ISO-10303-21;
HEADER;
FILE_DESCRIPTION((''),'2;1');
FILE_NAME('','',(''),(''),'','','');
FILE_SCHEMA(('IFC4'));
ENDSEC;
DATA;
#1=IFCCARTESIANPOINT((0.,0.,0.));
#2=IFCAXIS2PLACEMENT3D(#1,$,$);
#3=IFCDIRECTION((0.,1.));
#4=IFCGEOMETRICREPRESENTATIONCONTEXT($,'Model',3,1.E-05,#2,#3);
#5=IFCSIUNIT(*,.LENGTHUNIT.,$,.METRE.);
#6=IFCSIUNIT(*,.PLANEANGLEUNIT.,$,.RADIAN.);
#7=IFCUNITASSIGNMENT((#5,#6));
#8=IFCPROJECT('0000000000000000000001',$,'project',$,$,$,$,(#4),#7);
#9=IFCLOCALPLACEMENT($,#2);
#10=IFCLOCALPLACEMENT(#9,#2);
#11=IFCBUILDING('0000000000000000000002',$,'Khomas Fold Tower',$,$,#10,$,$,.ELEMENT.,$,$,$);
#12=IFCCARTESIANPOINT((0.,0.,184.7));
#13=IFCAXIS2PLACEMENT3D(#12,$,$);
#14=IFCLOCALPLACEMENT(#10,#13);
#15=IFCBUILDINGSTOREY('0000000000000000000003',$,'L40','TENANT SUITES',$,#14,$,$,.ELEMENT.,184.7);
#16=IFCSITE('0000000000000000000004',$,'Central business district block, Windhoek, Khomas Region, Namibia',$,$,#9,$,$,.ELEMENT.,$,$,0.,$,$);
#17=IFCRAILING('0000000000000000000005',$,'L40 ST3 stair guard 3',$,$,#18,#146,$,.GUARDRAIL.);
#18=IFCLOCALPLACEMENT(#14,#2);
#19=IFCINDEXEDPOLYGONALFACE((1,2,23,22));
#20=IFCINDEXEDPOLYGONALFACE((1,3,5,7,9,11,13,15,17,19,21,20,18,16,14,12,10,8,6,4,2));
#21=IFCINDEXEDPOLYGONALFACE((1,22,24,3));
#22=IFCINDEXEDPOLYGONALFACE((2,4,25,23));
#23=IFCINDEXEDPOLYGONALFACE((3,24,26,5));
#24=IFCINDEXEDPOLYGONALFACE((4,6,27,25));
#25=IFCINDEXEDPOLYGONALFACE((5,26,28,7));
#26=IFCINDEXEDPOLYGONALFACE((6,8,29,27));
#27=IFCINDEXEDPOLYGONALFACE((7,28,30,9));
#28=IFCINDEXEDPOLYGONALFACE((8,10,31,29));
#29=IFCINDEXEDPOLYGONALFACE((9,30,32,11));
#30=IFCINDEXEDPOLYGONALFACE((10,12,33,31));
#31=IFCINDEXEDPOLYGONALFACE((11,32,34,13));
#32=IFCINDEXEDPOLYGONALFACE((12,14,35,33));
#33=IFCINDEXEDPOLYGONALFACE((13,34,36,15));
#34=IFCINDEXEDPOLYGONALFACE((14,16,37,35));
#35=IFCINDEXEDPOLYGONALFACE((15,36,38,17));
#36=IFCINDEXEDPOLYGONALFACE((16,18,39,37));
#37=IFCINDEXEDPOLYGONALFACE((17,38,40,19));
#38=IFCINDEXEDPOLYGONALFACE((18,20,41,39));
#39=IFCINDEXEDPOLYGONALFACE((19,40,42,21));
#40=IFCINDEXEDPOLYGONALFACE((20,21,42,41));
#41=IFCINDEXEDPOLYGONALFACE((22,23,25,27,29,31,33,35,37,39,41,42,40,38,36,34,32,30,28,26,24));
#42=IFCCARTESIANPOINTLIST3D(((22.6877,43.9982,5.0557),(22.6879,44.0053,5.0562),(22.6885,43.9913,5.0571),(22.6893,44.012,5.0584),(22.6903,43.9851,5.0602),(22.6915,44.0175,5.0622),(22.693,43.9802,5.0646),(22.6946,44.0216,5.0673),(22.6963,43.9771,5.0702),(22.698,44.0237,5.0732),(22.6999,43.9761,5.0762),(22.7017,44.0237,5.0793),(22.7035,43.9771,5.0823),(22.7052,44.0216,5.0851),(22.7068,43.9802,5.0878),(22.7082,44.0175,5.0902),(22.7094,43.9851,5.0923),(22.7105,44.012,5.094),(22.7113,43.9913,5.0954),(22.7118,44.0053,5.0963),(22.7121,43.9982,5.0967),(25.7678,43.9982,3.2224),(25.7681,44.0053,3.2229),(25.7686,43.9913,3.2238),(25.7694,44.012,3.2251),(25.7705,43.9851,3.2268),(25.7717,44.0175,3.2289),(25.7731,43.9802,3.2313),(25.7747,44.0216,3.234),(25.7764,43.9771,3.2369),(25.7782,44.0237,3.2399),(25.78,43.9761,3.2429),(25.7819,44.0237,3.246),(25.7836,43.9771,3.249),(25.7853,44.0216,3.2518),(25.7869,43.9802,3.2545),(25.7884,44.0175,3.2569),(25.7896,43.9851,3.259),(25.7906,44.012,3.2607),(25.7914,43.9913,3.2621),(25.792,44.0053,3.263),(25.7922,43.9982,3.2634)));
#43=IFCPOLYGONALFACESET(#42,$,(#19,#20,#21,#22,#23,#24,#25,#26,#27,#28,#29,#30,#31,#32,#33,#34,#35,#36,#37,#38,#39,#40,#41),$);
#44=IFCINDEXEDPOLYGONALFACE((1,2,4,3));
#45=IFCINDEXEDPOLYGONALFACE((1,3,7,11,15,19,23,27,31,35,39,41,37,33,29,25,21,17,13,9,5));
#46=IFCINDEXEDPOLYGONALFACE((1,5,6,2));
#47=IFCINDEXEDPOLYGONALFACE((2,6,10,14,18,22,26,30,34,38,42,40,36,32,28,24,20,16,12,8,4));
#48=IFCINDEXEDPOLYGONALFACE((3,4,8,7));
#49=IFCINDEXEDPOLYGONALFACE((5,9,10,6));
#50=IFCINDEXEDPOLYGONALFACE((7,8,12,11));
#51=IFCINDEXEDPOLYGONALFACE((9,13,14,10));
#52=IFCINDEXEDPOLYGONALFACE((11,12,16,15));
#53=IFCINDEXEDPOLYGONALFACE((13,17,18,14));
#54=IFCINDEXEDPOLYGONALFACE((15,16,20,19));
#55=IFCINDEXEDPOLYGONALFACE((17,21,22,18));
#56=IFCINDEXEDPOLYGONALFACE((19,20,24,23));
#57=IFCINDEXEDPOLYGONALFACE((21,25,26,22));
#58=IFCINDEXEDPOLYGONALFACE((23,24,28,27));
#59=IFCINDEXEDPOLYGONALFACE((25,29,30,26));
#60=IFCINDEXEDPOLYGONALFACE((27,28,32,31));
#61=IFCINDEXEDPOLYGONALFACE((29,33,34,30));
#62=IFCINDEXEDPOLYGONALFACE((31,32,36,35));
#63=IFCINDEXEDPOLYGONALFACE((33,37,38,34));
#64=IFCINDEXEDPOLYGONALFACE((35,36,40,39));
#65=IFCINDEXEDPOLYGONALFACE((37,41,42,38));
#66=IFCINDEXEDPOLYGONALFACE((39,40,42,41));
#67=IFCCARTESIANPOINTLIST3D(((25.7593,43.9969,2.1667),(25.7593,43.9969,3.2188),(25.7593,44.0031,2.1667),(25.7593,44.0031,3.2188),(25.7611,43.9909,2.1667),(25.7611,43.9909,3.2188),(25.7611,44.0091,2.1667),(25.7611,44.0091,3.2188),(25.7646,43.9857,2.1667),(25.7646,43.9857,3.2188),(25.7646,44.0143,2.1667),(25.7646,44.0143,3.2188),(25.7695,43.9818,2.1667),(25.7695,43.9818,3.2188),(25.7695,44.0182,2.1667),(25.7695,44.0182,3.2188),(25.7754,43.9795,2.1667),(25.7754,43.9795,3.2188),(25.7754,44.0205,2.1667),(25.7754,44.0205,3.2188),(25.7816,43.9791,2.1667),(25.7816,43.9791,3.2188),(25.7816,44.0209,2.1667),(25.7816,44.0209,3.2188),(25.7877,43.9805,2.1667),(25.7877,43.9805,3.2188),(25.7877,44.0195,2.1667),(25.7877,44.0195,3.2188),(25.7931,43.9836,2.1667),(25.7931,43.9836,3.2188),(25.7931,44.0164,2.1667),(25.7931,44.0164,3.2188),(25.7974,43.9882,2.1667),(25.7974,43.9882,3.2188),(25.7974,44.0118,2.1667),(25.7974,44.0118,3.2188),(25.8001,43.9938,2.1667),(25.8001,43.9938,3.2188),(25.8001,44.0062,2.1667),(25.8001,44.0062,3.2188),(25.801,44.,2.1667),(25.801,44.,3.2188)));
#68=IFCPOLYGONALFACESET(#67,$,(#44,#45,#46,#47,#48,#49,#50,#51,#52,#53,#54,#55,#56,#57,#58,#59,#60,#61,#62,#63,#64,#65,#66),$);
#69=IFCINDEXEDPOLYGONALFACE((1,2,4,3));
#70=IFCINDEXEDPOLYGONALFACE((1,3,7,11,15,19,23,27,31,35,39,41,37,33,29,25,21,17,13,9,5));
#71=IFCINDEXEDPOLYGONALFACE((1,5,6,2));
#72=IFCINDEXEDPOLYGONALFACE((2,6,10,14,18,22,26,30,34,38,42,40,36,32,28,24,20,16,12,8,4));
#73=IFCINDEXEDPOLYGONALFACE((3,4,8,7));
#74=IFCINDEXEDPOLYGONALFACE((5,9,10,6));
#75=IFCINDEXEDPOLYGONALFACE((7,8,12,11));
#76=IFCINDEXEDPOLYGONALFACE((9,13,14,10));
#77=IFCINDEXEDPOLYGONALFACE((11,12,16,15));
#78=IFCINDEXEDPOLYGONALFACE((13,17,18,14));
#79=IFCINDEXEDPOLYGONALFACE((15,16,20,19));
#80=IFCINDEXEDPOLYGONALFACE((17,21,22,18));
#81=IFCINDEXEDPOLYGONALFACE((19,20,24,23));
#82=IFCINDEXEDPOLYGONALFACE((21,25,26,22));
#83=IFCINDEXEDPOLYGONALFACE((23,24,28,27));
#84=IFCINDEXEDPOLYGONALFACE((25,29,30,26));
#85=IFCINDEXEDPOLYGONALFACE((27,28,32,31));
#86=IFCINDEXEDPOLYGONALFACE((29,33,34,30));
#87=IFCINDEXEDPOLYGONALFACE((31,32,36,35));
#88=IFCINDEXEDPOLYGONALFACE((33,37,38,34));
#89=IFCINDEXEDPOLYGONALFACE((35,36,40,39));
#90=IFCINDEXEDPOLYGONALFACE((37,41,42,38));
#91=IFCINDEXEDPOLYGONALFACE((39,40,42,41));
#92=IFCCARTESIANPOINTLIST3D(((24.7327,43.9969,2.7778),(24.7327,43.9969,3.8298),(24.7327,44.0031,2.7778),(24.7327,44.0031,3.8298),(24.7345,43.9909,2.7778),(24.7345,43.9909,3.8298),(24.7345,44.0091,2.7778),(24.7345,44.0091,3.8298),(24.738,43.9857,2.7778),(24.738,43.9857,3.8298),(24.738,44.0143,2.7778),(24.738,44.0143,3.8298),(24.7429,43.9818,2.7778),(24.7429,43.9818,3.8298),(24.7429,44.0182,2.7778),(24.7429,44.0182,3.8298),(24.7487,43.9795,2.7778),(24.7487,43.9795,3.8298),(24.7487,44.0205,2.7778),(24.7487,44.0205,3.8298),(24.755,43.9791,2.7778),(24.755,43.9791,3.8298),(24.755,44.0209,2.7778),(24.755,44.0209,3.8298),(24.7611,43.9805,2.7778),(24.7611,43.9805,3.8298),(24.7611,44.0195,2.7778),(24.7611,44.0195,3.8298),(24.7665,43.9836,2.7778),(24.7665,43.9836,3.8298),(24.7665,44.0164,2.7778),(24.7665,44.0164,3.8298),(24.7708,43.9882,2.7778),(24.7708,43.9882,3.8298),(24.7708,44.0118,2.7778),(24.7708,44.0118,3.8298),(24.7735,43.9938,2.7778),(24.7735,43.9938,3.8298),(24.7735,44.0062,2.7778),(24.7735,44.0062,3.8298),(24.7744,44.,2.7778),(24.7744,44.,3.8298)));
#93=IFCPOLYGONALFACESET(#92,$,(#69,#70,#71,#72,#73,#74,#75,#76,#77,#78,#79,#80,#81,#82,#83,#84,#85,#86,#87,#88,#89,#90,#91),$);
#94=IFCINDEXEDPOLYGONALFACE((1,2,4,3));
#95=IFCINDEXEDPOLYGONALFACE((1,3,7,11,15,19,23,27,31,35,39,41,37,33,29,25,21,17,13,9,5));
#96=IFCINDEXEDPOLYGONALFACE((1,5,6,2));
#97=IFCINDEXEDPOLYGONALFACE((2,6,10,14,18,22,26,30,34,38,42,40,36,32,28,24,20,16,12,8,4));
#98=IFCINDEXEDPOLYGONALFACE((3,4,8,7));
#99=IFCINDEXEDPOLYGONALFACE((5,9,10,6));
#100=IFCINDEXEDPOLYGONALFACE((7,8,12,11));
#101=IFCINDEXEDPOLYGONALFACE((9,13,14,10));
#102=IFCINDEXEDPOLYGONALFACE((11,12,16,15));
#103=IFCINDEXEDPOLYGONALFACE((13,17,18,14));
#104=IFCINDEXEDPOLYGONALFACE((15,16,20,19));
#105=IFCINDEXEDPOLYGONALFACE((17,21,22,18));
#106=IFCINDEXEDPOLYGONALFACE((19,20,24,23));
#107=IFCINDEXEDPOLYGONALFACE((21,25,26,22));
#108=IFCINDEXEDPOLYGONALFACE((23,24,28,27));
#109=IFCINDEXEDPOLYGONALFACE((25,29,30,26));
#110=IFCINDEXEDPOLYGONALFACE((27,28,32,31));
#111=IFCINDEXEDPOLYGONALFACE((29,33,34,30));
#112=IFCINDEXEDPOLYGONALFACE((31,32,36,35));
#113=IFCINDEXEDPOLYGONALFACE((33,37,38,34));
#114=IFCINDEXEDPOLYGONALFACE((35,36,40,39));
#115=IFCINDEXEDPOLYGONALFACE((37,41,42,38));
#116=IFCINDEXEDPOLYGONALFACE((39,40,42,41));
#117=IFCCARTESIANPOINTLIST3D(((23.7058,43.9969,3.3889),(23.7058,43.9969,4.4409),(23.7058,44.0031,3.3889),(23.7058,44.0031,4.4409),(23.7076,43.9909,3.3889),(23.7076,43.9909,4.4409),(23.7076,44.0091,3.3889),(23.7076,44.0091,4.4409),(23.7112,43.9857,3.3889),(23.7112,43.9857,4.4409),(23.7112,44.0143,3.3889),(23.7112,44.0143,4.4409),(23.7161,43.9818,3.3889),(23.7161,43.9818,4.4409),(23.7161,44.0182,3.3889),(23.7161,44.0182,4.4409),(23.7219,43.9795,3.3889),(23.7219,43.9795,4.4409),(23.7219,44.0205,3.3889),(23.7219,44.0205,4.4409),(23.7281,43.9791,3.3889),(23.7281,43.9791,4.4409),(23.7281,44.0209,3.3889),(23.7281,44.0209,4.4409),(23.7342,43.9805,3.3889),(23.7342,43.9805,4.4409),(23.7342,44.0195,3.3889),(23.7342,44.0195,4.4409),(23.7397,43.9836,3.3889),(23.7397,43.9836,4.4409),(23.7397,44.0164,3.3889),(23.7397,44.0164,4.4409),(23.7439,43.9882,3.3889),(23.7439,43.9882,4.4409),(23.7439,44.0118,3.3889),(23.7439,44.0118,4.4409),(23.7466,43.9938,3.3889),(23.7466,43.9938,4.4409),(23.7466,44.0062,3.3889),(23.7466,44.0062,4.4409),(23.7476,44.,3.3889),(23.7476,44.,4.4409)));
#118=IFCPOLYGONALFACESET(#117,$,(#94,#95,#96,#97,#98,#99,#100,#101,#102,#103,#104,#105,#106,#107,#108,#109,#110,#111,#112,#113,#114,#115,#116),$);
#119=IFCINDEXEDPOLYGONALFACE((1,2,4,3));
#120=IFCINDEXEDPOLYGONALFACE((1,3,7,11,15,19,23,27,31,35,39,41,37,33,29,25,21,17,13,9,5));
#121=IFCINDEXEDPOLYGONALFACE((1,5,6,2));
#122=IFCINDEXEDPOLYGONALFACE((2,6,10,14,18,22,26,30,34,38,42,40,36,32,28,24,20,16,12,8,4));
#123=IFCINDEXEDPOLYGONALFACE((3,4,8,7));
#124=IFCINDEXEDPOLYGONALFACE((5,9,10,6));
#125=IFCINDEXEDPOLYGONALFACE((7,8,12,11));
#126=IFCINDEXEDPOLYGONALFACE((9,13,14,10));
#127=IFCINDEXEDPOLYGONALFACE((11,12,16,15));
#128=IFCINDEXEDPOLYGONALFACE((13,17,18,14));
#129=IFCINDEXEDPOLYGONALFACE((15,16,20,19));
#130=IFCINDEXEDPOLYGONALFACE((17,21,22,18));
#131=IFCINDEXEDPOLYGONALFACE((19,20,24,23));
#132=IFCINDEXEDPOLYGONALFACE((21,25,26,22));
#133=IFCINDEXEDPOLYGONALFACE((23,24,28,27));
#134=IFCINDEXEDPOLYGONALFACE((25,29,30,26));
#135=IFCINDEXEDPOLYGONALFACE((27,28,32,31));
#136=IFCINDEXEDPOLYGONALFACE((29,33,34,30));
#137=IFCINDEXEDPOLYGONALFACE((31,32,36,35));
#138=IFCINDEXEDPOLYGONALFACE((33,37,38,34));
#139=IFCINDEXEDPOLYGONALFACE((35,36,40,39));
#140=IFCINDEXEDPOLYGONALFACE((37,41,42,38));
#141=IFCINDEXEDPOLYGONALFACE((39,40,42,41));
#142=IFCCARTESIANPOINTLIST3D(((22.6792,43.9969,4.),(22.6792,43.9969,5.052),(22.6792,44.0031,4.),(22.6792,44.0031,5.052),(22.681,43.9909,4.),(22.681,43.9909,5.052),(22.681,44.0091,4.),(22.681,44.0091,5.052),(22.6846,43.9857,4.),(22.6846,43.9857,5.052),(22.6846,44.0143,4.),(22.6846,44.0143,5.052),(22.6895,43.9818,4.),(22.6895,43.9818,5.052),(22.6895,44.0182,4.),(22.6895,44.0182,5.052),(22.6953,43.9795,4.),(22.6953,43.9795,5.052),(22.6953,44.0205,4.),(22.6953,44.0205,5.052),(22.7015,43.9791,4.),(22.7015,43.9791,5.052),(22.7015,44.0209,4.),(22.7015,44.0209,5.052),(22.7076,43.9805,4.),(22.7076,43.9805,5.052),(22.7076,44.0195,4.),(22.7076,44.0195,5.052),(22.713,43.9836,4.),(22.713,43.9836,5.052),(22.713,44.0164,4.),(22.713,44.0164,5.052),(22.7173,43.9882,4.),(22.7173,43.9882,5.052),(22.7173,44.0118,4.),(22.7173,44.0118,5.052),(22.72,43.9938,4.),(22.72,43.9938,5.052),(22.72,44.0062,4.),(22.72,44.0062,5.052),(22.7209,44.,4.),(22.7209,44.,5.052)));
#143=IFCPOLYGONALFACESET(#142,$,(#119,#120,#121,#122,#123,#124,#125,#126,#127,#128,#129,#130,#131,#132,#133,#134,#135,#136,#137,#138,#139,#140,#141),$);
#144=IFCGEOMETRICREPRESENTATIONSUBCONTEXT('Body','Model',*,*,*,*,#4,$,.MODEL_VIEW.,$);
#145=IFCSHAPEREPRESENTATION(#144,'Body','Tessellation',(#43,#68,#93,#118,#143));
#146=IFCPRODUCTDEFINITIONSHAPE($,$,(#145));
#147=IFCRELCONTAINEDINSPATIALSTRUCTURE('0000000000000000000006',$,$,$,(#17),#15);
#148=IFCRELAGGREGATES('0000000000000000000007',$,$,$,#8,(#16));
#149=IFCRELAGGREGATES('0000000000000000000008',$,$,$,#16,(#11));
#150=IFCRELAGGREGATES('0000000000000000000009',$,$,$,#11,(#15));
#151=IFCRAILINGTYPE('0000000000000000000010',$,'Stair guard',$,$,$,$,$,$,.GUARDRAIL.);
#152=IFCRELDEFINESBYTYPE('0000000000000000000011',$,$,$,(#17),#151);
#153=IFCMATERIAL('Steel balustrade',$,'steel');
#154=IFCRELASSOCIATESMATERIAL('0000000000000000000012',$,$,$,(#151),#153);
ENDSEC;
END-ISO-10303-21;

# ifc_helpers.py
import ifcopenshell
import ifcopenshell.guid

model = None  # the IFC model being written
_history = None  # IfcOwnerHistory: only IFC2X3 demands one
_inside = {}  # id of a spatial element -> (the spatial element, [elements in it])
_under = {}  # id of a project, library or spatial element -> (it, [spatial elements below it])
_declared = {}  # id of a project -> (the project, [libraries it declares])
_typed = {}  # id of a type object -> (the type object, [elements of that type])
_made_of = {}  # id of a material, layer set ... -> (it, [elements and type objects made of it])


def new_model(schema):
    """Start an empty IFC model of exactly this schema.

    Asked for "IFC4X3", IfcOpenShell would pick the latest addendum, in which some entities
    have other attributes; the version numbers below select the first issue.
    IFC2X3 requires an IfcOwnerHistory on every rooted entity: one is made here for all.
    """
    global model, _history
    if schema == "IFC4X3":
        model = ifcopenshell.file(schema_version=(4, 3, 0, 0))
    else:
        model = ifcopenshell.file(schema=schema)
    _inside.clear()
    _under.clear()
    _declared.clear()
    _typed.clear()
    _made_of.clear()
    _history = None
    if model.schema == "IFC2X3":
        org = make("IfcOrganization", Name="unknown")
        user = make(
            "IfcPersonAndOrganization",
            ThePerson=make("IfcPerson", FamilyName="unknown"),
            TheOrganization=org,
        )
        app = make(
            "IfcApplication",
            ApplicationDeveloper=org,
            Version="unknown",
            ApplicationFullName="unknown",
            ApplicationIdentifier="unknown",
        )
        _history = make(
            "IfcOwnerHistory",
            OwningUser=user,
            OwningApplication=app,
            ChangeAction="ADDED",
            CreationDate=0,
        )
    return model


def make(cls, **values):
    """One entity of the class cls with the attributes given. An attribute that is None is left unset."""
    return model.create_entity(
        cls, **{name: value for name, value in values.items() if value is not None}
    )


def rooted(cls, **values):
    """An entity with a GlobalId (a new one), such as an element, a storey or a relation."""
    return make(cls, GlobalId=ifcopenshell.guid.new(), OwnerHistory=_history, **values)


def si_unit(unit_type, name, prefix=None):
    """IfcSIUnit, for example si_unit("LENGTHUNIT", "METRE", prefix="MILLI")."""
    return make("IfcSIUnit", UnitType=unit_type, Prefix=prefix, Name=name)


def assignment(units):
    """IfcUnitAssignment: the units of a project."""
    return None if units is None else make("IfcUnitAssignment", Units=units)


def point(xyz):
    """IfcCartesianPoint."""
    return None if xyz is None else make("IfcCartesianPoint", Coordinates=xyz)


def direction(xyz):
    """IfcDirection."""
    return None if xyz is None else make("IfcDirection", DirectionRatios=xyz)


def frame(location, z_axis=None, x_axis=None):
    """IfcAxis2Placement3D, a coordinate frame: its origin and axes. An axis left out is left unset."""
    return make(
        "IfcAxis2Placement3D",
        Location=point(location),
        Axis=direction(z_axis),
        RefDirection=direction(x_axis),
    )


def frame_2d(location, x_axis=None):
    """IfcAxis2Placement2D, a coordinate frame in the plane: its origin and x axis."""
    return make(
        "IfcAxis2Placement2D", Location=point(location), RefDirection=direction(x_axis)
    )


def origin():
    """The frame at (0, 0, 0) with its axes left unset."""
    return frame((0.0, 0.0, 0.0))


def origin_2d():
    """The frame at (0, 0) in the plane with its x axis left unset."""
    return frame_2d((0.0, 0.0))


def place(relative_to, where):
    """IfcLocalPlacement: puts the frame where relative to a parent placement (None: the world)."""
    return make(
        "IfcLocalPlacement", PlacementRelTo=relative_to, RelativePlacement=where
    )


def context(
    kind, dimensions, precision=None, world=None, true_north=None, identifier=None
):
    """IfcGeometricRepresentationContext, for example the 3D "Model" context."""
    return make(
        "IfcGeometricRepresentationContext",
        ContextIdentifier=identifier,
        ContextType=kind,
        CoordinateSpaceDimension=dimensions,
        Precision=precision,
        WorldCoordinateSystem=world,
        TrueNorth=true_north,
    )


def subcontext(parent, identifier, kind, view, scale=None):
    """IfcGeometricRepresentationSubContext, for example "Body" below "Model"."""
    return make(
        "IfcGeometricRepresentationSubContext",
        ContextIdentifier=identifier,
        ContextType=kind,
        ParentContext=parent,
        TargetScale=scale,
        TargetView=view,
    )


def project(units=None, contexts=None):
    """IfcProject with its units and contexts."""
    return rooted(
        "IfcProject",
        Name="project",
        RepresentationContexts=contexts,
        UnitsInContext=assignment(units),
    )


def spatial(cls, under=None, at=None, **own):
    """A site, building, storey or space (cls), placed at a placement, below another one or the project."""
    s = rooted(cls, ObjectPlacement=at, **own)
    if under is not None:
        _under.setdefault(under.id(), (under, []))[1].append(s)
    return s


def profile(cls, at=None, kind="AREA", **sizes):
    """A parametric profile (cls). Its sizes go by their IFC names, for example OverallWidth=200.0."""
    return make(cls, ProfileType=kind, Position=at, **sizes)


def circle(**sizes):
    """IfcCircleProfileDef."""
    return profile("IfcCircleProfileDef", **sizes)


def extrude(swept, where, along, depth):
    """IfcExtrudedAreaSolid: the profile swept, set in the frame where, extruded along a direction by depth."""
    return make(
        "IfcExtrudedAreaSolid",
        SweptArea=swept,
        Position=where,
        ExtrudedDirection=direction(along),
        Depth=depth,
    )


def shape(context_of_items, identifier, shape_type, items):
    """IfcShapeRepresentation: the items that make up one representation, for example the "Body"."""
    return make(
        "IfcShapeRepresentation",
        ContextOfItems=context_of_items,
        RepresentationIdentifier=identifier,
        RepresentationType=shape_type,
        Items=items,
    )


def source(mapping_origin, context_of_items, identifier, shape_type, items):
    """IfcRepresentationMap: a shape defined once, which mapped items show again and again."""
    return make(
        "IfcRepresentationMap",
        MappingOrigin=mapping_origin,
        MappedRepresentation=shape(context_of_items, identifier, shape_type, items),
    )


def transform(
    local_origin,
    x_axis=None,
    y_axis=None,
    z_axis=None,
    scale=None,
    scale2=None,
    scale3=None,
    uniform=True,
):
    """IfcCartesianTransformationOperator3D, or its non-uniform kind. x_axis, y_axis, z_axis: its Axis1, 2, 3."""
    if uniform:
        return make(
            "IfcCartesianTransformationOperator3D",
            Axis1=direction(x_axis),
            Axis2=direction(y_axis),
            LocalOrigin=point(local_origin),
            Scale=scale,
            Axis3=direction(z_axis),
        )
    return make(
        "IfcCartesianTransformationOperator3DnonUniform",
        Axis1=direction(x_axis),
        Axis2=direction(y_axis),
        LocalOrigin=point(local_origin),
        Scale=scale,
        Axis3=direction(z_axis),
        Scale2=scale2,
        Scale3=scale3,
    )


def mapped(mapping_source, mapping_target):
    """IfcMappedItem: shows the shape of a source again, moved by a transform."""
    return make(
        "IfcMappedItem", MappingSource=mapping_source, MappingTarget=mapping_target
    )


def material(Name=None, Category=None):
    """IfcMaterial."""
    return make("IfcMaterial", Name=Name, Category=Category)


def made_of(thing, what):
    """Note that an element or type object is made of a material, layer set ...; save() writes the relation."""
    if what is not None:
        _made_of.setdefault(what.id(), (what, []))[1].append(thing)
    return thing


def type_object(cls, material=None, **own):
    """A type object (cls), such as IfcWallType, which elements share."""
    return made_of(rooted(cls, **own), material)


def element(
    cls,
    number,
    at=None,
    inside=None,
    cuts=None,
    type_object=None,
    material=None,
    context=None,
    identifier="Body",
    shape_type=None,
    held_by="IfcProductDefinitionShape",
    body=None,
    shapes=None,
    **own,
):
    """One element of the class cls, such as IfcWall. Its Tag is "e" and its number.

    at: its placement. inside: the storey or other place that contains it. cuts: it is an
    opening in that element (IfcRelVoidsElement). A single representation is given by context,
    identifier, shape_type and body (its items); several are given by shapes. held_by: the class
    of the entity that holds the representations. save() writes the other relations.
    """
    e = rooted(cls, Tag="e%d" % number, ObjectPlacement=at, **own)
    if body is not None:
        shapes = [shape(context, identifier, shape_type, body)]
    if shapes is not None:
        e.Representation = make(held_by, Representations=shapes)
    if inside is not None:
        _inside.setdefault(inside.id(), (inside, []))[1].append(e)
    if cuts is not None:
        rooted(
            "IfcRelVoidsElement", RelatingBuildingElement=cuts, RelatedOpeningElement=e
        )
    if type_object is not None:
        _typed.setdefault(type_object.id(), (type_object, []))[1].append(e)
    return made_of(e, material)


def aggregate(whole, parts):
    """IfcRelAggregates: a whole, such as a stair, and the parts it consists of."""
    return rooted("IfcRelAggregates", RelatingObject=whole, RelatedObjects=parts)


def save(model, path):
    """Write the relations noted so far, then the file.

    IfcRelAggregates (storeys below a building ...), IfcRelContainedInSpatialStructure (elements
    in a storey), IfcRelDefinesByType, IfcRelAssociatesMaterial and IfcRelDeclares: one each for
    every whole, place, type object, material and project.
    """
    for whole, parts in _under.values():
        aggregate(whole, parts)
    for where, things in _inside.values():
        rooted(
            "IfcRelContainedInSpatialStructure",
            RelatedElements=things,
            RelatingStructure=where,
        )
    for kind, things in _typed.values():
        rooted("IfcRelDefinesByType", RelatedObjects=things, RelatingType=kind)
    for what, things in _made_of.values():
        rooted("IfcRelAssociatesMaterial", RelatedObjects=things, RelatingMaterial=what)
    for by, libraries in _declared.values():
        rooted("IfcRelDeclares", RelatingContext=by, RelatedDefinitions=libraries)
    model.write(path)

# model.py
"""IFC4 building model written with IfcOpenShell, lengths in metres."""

from ifc_helpers import new_model, si_unit, direction, frame, origin, origin_2d, place, context, subcontext, project, spatial, circle, extrude, source, transform, mapped, material, type_object, element, save


model = new_model("IFC4")

# Units and contexts
model_context = context("Model", 3, precision=1e-05, world=origin(), true_north=direction((0.0, 1.0)))
body_context = subcontext(model_context, "Body", "Model", "MODEL_VIEW")
ifc_project = project(units=[si_unit("LENGTHUNIT", "METRE"), si_unit("PLANEANGLEUNIT", "RADIAN")], contexts=[model_context])

# Site, building, storey
site_placement = place(None, origin())
site = spatial("IfcSite", under=ifc_project, at=site_placement, Name="Central business district block, Windhoek, Khomas Region, Namibia", CompositionType="ELEMENT", RefElevation=0.0)
building_placement = place(site_placement, origin())
building = spatial("IfcBuilding", under=site, at=building_placement, Name="Khomas Fold Tower", CompositionType="ELEMENT")
storey_placement = place(building_placement, frame((0.0, 0.0, 184.7)))
storey = spatial("IfcBuildingStorey", under=building, at=storey_placement, Name="L40", Description="TENANT SUITES", CompositionType="ELEMENT", Elevation=184.7)

# Railing
ifc_material_1 = material(Name="Steel balustrade", Category="steel")
railing_type_1 = type_object("IfcRailingType", Name="Stair guard", PredefinedType="GUARDRAIL", material=ifc_material_1)
shared_shape_1 = source(origin(), body_context, "Body", "SweptSolid", [
    extrude(circle(Radius=0.0239, at=origin_2d()), frame((0.0, 0.0, 1.0762), z_axis=(-0.859309, 0.0, 0.511458), x_axis=(0.0, -1.0, 0.0)), (0.0, 0.0, 1.0), 3.5845),
    extrude(circle(Radius=0.021, at=origin_2d()), origin(), (0.0, 0.0, 1.0), 1.052),
    extrude(circle(Radius=0.021, at=origin_2d()), frame((-1.0266, 0.0, 0.6111)), (0.0, 0.0, 1.0), 1.052),
    extrude(circle(Radius=0.021, at=origin_2d()), frame((-2.0535, 0.0, 1.2222)), (0.0, 0.0, 1.0), 1.052),
    extrude(circle(Radius=0.021, at=origin_2d()), frame((-3.0801, 0.0, 1.8333)), (0.0, 0.0, 1.0), 1.052),
])
railing_1_placement = place(storey_placement, frame((25.78, 44.0, 2.1667)))
element("IfcRailing", 1, at=railing_1_placement, inside=storey, type_object=railing_type_1, Name="L40 ST3 stair guard 3", PredefinedType="GUARDRAIL", context=body_context, shape_type="MappedRepresentation", body=[
    mapped(shared_shape_1, transform((0.0, 0.0, 0.0))),
])

save(model, "model.ifc")
